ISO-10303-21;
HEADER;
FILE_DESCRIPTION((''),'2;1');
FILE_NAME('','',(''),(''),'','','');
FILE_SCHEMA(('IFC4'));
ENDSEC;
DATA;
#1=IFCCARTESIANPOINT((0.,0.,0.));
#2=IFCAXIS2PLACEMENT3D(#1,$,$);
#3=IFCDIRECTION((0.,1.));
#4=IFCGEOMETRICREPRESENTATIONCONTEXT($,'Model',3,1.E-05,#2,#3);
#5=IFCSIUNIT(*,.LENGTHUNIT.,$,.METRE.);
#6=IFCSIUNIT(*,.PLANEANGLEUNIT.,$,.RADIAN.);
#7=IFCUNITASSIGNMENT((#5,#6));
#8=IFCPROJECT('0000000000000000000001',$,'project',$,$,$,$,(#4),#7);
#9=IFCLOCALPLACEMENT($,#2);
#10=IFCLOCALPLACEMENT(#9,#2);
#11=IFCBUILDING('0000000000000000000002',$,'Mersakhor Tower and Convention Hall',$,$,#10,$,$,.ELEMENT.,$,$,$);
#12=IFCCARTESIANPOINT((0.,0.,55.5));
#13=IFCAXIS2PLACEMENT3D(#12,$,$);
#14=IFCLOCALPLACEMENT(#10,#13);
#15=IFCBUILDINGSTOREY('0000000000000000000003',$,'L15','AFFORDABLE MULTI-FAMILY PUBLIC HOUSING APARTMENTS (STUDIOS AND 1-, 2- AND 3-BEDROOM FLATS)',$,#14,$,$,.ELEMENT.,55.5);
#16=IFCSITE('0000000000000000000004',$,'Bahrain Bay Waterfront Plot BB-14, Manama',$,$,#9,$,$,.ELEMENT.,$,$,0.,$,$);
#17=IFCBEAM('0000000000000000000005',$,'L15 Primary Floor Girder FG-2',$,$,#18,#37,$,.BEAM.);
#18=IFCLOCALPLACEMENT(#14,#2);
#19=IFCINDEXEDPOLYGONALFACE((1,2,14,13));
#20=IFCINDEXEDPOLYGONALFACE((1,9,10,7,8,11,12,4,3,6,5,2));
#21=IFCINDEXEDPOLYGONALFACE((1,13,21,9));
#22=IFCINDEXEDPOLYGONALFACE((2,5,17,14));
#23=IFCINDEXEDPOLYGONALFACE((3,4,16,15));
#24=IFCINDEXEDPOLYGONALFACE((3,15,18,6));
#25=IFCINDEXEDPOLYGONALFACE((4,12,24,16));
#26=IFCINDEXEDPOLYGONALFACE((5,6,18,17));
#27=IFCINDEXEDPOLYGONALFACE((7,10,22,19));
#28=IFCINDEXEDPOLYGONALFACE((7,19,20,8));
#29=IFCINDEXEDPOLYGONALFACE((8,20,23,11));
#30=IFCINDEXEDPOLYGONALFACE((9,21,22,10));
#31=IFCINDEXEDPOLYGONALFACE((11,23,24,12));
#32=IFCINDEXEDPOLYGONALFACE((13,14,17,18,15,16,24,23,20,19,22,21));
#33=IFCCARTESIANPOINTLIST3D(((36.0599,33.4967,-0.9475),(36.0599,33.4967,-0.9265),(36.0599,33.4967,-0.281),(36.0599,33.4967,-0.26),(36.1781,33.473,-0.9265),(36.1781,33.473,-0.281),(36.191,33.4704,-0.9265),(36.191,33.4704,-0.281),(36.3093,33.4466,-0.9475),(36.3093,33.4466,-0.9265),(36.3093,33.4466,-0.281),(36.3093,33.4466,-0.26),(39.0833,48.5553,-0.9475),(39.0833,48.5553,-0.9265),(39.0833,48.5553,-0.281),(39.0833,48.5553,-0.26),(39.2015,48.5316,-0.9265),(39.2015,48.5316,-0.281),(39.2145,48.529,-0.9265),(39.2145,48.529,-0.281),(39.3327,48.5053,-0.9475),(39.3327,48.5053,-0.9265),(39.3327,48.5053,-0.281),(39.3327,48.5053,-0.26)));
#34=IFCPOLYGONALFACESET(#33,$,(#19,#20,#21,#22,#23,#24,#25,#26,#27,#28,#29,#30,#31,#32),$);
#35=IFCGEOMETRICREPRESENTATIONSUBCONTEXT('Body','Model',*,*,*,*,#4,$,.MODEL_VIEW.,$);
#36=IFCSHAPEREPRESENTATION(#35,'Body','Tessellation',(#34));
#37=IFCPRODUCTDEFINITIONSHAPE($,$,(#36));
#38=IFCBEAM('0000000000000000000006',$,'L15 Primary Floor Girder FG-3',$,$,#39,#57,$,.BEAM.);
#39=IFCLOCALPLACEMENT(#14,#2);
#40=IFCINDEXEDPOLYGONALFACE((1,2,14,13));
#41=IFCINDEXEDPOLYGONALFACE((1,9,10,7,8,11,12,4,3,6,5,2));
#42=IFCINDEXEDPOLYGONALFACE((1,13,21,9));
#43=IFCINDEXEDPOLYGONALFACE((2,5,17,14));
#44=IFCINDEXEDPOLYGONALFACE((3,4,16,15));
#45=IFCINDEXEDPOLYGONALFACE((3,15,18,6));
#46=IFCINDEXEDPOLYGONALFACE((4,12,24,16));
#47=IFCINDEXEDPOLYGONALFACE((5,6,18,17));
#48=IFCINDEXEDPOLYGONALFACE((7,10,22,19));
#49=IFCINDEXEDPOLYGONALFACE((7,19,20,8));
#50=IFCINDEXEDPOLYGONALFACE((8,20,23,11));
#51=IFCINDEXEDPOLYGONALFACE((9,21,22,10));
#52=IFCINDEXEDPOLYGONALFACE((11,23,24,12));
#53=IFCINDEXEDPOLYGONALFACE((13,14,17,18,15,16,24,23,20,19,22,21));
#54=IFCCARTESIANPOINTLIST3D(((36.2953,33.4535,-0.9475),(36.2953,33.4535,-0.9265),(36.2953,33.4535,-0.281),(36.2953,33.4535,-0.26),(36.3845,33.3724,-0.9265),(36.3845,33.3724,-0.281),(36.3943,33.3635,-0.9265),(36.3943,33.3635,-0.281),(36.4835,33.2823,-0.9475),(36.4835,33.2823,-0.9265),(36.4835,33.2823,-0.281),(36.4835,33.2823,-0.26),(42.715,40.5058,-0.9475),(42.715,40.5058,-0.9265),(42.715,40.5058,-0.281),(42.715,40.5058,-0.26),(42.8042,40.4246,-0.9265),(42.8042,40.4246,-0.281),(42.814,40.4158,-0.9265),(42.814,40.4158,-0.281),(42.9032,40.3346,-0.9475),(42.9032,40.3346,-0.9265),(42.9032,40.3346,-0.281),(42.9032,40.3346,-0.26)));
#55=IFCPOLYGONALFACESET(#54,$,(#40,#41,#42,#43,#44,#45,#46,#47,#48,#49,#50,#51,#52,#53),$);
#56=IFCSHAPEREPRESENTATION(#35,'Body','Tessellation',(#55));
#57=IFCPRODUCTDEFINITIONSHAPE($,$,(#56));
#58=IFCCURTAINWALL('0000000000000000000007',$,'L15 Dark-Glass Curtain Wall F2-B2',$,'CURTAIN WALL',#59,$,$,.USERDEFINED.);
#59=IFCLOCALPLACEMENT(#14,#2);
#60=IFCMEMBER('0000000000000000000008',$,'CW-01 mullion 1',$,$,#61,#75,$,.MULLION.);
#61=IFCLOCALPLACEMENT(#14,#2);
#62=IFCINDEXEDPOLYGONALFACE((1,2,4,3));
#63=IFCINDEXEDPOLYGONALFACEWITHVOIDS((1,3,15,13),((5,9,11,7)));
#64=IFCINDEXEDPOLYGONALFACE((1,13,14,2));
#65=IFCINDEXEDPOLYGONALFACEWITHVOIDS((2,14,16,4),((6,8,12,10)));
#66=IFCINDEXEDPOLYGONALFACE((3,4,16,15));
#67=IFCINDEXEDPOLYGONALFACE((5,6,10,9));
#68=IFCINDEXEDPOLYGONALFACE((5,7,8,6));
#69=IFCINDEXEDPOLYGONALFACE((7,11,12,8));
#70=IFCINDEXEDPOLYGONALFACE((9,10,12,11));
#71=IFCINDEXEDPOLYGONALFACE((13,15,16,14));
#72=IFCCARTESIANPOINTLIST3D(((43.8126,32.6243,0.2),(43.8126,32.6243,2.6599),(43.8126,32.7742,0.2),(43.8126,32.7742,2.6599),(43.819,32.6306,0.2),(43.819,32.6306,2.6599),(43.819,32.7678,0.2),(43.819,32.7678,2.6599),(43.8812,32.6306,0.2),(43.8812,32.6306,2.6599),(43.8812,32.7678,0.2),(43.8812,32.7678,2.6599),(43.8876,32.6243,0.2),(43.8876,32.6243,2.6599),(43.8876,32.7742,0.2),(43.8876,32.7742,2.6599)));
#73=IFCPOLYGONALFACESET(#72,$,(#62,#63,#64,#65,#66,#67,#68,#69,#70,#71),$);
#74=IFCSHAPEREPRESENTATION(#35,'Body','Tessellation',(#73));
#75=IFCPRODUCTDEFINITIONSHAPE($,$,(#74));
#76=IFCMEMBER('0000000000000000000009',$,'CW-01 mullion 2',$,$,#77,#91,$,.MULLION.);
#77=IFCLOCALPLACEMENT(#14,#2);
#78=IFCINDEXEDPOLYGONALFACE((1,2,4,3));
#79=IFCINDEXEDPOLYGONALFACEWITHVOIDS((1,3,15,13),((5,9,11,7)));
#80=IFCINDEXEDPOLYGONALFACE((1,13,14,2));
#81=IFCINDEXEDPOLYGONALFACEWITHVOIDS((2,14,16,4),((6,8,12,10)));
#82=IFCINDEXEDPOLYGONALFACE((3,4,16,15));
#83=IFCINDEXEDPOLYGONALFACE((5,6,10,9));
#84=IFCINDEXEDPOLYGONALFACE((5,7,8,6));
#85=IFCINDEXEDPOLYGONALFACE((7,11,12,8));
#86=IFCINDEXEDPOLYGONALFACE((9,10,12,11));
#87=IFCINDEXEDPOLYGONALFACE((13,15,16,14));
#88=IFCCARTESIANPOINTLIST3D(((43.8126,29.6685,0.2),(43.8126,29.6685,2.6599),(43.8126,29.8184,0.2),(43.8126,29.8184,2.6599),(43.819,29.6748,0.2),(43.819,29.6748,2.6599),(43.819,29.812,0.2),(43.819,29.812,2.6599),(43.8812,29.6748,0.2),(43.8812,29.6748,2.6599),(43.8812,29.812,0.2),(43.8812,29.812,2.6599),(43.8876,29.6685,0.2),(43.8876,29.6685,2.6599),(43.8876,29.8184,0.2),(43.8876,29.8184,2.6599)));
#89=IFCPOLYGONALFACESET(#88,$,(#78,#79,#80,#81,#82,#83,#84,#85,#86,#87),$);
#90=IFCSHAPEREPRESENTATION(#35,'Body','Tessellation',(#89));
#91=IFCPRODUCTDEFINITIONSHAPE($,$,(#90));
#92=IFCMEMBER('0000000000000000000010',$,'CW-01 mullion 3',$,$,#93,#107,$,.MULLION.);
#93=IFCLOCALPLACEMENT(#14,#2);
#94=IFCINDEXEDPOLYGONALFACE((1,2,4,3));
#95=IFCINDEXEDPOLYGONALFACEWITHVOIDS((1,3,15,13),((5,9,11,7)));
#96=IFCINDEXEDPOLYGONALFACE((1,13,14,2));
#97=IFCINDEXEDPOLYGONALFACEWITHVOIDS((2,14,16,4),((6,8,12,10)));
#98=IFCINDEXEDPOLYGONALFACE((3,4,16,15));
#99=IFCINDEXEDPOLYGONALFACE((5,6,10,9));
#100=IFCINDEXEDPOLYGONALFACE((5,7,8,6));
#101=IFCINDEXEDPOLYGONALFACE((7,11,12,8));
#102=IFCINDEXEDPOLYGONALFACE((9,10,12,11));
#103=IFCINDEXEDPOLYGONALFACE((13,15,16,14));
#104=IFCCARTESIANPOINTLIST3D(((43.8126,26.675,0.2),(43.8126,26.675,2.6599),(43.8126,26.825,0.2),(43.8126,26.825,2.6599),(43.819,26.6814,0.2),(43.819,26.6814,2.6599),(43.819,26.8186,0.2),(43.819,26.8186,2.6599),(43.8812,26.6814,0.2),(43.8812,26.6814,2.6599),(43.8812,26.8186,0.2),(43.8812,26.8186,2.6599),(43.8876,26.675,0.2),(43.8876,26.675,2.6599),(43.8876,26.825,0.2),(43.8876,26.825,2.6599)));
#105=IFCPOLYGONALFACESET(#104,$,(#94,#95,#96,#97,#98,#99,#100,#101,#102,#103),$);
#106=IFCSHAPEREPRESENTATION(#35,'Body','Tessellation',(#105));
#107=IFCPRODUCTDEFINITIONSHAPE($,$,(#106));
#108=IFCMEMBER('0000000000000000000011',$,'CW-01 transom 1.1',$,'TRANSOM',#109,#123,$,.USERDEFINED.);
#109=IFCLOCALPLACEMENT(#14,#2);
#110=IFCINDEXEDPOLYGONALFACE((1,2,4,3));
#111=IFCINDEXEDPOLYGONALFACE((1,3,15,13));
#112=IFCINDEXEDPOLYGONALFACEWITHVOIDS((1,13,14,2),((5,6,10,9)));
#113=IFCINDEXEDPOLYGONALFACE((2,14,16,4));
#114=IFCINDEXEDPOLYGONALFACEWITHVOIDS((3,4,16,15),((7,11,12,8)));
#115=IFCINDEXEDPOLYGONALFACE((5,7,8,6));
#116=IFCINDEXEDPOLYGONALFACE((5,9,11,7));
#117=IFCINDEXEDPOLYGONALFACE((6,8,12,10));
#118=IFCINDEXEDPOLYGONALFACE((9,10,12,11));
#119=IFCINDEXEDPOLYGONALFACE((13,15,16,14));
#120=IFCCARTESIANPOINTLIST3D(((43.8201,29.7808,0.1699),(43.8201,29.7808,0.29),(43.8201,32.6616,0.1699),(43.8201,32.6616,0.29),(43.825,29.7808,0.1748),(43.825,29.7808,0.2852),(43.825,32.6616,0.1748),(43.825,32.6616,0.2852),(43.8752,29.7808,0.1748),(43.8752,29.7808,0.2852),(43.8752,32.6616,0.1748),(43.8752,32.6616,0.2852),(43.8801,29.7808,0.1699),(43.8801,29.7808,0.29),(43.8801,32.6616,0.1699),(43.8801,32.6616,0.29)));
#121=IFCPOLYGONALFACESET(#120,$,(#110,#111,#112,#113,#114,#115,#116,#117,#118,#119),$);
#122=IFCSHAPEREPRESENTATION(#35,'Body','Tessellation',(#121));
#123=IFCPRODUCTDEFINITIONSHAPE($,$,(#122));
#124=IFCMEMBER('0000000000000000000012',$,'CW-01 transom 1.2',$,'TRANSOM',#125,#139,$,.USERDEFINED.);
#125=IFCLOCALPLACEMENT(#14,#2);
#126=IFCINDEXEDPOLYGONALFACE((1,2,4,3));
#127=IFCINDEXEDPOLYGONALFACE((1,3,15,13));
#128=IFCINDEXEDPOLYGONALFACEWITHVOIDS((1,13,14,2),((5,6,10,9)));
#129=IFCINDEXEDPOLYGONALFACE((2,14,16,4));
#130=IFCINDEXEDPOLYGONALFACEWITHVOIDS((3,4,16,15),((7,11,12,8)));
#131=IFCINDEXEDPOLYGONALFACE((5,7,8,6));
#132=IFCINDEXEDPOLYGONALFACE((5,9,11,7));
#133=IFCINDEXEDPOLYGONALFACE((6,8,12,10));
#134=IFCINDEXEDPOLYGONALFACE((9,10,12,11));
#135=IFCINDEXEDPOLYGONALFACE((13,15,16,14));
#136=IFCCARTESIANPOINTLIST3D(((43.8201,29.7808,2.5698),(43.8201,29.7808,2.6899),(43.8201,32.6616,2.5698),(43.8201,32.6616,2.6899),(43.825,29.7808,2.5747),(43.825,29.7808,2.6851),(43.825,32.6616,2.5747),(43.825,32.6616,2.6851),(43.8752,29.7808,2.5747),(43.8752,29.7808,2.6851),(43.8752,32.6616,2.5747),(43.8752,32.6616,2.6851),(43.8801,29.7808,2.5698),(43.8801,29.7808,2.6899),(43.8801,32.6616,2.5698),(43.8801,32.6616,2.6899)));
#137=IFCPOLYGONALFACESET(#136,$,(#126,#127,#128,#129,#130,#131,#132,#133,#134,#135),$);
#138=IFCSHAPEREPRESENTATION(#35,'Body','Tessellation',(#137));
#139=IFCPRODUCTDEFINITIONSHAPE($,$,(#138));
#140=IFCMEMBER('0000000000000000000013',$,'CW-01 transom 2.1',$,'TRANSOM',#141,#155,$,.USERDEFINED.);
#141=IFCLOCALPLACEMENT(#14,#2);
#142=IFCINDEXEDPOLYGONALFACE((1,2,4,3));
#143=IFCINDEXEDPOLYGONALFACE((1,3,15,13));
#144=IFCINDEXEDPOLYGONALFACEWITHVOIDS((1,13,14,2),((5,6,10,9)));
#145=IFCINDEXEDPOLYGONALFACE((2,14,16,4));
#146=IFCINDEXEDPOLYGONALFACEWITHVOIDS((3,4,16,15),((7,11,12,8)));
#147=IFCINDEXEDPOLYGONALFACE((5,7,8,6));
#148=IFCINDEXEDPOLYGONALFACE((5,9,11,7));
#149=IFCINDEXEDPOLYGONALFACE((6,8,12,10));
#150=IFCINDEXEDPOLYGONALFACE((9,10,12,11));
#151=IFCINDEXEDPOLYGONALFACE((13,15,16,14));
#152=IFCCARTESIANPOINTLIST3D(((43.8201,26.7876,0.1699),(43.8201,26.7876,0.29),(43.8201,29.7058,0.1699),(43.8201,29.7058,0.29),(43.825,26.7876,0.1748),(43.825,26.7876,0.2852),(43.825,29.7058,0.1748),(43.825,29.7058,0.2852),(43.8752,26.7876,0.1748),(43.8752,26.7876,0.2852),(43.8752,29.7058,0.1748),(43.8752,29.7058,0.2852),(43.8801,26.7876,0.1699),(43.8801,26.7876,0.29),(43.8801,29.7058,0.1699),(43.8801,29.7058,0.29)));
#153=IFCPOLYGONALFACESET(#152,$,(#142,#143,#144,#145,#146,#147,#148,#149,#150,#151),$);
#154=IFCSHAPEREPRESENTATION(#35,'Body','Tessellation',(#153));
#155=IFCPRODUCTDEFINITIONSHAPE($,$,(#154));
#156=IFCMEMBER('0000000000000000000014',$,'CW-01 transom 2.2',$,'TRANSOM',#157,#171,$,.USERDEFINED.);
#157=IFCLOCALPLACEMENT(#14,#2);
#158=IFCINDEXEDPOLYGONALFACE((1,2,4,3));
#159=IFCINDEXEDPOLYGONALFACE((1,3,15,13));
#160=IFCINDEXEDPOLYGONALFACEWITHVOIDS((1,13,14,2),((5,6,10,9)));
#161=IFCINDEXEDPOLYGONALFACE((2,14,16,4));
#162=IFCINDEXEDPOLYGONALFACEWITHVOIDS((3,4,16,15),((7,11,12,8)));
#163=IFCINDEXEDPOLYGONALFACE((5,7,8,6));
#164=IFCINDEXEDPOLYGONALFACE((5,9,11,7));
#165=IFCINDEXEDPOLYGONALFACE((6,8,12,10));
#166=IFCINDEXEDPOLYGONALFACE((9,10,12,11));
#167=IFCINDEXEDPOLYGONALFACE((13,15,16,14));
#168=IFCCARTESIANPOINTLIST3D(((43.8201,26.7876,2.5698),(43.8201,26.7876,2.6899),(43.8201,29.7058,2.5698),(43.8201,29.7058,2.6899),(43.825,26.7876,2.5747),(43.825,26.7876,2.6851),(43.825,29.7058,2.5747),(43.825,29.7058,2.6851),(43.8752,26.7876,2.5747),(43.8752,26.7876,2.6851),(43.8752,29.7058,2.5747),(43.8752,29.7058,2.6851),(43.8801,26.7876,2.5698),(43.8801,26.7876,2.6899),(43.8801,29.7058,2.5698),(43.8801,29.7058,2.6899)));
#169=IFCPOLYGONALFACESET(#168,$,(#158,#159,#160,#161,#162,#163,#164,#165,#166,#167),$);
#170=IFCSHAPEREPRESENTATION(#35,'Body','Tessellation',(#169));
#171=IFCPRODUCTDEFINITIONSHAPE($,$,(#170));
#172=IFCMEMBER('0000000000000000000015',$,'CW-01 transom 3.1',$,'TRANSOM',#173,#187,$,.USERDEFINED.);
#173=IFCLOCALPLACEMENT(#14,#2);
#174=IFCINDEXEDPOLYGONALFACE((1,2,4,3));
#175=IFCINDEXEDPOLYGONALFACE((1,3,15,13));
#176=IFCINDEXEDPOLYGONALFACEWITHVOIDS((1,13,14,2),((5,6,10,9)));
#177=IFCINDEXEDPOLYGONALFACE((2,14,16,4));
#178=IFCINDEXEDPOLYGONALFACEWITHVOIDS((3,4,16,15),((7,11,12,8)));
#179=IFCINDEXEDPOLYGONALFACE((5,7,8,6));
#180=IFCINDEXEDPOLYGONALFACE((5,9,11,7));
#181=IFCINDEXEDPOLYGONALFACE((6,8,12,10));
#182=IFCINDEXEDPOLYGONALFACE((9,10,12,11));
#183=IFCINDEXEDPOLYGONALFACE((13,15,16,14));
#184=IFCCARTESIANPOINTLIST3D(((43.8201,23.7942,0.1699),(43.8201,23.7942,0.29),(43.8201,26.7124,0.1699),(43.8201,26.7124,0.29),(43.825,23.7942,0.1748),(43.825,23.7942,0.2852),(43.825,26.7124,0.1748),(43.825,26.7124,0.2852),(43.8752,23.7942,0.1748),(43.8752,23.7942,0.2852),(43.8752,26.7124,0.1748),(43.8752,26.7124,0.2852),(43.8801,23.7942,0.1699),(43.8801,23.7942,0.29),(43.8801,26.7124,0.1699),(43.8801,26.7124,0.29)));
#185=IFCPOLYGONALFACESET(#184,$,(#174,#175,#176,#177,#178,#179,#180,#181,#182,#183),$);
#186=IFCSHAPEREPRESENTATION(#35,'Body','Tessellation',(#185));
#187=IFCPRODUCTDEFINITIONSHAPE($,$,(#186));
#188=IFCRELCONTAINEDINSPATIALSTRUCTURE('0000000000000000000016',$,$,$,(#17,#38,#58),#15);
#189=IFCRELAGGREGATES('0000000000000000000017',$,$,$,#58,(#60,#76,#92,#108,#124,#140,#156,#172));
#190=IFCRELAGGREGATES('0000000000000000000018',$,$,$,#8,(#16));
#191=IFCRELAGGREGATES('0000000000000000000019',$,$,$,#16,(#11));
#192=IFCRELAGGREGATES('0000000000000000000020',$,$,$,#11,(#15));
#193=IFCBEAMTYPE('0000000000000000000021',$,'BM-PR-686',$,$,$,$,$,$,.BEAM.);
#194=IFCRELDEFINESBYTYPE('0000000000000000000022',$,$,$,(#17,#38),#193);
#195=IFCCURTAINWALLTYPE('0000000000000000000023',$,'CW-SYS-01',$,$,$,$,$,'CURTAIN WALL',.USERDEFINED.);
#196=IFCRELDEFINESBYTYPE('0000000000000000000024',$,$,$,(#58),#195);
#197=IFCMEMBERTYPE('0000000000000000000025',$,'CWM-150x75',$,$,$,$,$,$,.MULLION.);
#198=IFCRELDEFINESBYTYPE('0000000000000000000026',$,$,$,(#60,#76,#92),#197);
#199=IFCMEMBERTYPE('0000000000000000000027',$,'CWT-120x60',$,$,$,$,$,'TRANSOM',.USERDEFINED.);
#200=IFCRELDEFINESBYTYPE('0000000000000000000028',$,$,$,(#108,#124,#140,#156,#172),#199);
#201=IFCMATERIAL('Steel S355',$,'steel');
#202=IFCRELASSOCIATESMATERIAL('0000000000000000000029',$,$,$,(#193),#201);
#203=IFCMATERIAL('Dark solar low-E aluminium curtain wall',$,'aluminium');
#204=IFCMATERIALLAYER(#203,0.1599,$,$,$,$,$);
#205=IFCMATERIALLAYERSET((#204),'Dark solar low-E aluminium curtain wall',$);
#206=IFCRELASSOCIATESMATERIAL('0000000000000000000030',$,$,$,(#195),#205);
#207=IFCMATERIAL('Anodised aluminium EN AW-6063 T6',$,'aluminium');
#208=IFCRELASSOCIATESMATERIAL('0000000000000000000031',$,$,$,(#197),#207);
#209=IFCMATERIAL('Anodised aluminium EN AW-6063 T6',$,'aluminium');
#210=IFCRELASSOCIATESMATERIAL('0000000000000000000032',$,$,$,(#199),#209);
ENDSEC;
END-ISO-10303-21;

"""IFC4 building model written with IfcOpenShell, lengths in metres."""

from ifc_helpers import new_model, si_unit, direction, frame, origin, origin_2d, place, context, subcontext, project, spatial, hollow_rectangle, i_section, extrude, material, layer, layer_set, material_profile, profile_set, type_object, element, aggregate, save


model = new_model("IFC4")

# Units and contexts
model_context = context("Model", 3, precision=1e-05, world=origin(), true_north=direction((0.0, 1.0)))
body_context = subcontext(model_context, "Body", "Model", "MODEL_VIEW")
ifc_project = project(units=[si_unit("LENGTHUNIT", "METRE"), si_unit("PLANEANGLEUNIT", "RADIAN")], contexts=[model_context])

# Site, building, storey
site_placement = place(None, origin())
site = spatial("IfcSite", under=ifc_project, at=site_placement, Name="Bahrain Bay Waterfront Plot BB-14, Manama", CompositionType="ELEMENT", RefElevation=0.0)
building_placement = place(site_placement, origin())
building = spatial("IfcBuilding", under=site, at=building_placement, Name="Mersakhor Tower and Convention Hall", CompositionType="ELEMENT")
storey_placement = place(building_placement, frame((0.0, 0.0, 55.5)))
storey = spatial("IfcBuildingStorey", under=building, at=storey_placement, Name="L15", Description="AFFORDABLE MULTI-FAMILY PUBLIC HOUSING APARTMENTS (STUDIOS AND 1-, 2- AND 3-BEDROOM FLATS)", CompositionType="ELEMENT", Elevation=55.5)

# Beams
ifc_material_1 = material(Name="Steel S355", Category="steel")
ifc_material_profile_1 = material_profile(ifc_material_1, i_section(OverallWidth=0.2544, OverallDepth=0.6875, WebThickness=0.0132, FlangeThickness=0.021, at=origin_2d()), Name="UB 686x254x152")
ifc_profile_set_1 = profile_set([ifc_material_profile_1], Name="Steel S355")
beam_type = type_object("IfcBeamType", Name="BM-PR-686", PredefinedType="BEAM", material=ifc_profile_set_1)
beam_1_placement = place(storey_placement, frame((36.1846, 33.4717, -0.6038), z_axis=(0.19685, 0.980434, 0.0), x_axis=(-0.980434, 0.19685, 0.0)))
element("IfcBeam", 1, at=beam_1_placement, inside=storey, type_object=beam_type, Name="L15 Primary Floor Girder FG-2", PredefinedType="BEAM", context=body_context, shape_type="SweptSolid", body=[
    extrude(i_section(OverallWidth=0.2544, OverallDepth=0.6875, WebThickness=0.0132, FlangeThickness=0.021, at=origin_2d()), origin(), (0.0, 0.0, 1.0), 15.3591),
])
beam_2_placement = place(storey_placement, frame((36.3894, 33.3679, -0.6038), z_axis=(0.673163, 0.739494, 0.0), x_axis=(-0.739494, 0.673163, 0.0)))
element("IfcBeam", 2, at=beam_2_placement, inside=storey, type_object=beam_type, Name="L15 Primary Floor Girder FG-3", PredefinedType="BEAM", context=body_context, shape_type="SweptSolid", body=[
    extrude(i_section(OverallWidth=0.2544, OverallDepth=0.6875, WebThickness=0.0132, FlangeThickness=0.021, at=origin_2d()), origin(), (0.0, 0.0, 1.0), 9.5366),
])

# Curtain wall, members
ifc_material_2 = material(Name="Dark solar low-E aluminium curtain wall", Category="aluminium")
ifc_layer_1 = layer(ifc_material_2, 0.1599)
ifc_layer_set_1 = layer_set([ifc_layer_1], Name="Dark solar low-E aluminium curtain wall")
curtain_wall_type = type_object("IfcCurtainWallType", Name="CW-SYS-01", ElementType="CURTAIN WALL", PredefinedType="USERDEFINED", material=ifc_layer_set_1)
curtain_wall_placement = place(storey_placement, origin())
curtain_wall = element("IfcCurtainWall", 3, at=curtain_wall_placement, inside=storey, type_object=curtain_wall_type, Name="L15 Dark-Glass Curtain Wall F2-B2", ObjectType="CURTAIN WALL", PredefinedType="USERDEFINED")
ifc_material_3 = material(Name="Anodised aluminium EN AW-6063 T6", Category="aluminium")
ifc_material_profile_2 = material_profile(ifc_material_3, hollow_rectangle(XDim=0.075, YDim=0.1499, WallThickness=0.0063, at=origin_2d()), Name="RHS 150x75x6.3")
ifc_profile_set_2 = profile_set([ifc_material_profile_2], Name="Anodised aluminium EN AW-6063 T6")
member_type_1 = type_object("IfcMemberType", Name="CWM-150x75", PredefinedType="MULLION", material=ifc_profile_set_2)
member_1_placement = place(storey_placement, frame((43.8501, 32.6992, 0.2), z_axis=(0.0, 0.0, 1.0), x_axis=(1.0, 0.0, 0.0)))
member_1 = element("IfcMember", 4, at=member_1_placement, type_object=member_type_1, Name="CW-01 mullion 1", PredefinedType="MULLION", context=body_context, shape_type="SweptSolid", body=[
    extrude(hollow_rectangle(XDim=0.075, YDim=0.1499, WallThickness=0.0063, at=origin_2d()), origin(), (0.0, 0.0, 1.0), 2.46),
])
member_2_placement = place(storey_placement, frame((43.8501, 29.7434, 0.2), z_axis=(0.0, 0.0, 1.0), x_axis=(1.0, 0.0, 0.0)))
member_2 = element("IfcMember", 5, at=member_2_placement, type_object=member_type_1, Name="CW-01 mullion 2", PredefinedType="MULLION", context=body_context, shape_type="SweptSolid", body=[
    extrude(hollow_rectangle(XDim=0.075, YDim=0.1499, WallThickness=0.0063, at=origin_2d()), origin(), (0.0, 0.0, 1.0), 2.46),
])
member_3_placement = place(storey_placement, frame((43.8501, 26.75, 0.2), z_axis=(0.0, 0.0, 1.0), x_axis=(1.0, 0.0, 0.0)))
member_3 = element("IfcMember", 6, at=member_3_placement, type_object=member_type_1, Name="CW-01 mullion 3", PredefinedType="MULLION", context=body_context, shape_type="SweptSolid", body=[
    extrude(hollow_rectangle(XDim=0.075, YDim=0.1499, WallThickness=0.0063, at=origin_2d()), origin(), (0.0, 0.0, 1.0), 2.46),
])
ifc_material_4 = material(Name="Anodised aluminium EN AW-6063 T6", Category="aluminium")
ifc_material_profile_3 = material_profile(ifc_material_4, hollow_rectangle(XDim=0.0601, YDim=0.1201, WallThickness=0.0049, at=origin_2d()), Name="RHS 120x60x5")
ifc_profile_set_3 = profile_set([ifc_material_profile_3], Name="Anodised aluminium EN AW-6063 T6")
member_type_2 = type_object("IfcMemberType", Name="CWT-120x60", ElementType="TRANSOM", PredefinedType="USERDEFINED", material=ifc_profile_set_3)
member_4_placement = place(storey_placement, frame((43.8501, 32.6616, 0.23), z_axis=(0.0, -1.0, 0.0), x_axis=(1.0, 0.0, 0.0)))
member_4 = element("IfcMember", 7, at=member_4_placement, type_object=member_type_2, Name="CW-01 transom 1.1", ObjectType="TRANSOM", PredefinedType="USERDEFINED", context=body_context, shape_type="SweptSolid", body=[
    extrude(hollow_rectangle(XDim=0.0601, YDim=0.1201, WallThickness=0.0049, at=origin_2d()), origin(), (0.0, 0.0, 1.0), 2.8809),
])
member_5_placement = place(storey_placement, frame((43.8501, 32.6616, 2.6299), z_axis=(0.0, -1.0, 0.0), x_axis=(1.0, 0.0, 0.0)))
member_5 = element("IfcMember", 8, at=member_5_placement, type_object=member_type_2, Name="CW-01 transom 1.2", ObjectType="TRANSOM", PredefinedType="USERDEFINED", context=body_context, shape_type="SweptSolid", body=[
    extrude(hollow_rectangle(XDim=0.0601, YDim=0.1201, WallThickness=0.0049, at=origin_2d()), origin(), (0.0, 0.0, 1.0), 2.8809),
])
member_6_placement = place(storey_placement, frame((43.8501, 29.7058, 0.23), z_axis=(0.0, -1.0, 0.0), x_axis=(1.0, 0.0, 0.0)))
member_6 = element("IfcMember", 9, at=member_6_placement, type_object=member_type_2, Name="CW-01 transom 2.1", ObjectType="TRANSOM", PredefinedType="USERDEFINED", context=body_context, shape_type="SweptSolid", body=[
    extrude(hollow_rectangle(XDim=0.0601, YDim=0.1201, WallThickness=0.0049, at=origin_2d()), origin(), (0.0, 0.0, 1.0), 2.9182),
])
member_7_placement = place(storey_placement, frame((43.8501, 29.7058, 2.6299), z_axis=(0.0, -1.0, 0.0), x_axis=(1.0, 0.0, 0.0)))
member_7 = element("IfcMember", 10, at=member_7_placement, type_object=member_type_2, Name="CW-01 transom 2.2", ObjectType="TRANSOM", PredefinedType="USERDEFINED", context=body_context, shape_type="SweptSolid", body=[
    extrude(hollow_rectangle(XDim=0.0601, YDim=0.1201, WallThickness=0.0049, at=origin_2d()), origin(), (0.0, 0.0, 1.0), 2.9182),
])
member_8_placement = place(storey_placement, frame((43.8501, 26.7124, 0.23), z_axis=(0.0, -1.0, 0.0), x_axis=(1.0, 0.0, 0.0)))
member_8 = element("IfcMember", 11, at=member_8_placement, type_object=member_type_2, Name="CW-01 transom 3.1", ObjectType="TRANSOM", PredefinedType="USERDEFINED", context=body_context, shape_type="SweptSolid", body=[
    extrude(hollow_rectangle(XDim=0.0601, YDim=0.1201, WallThickness=0.0049, at=origin_2d()), origin(), (0.0, 0.0, 1.0), 2.9182),
])
aggregate(curtain_wall, [member_1, member_2, member_3, member_4, member_5, member_6, member_7, member_8])

save(model, "model.ifc")
